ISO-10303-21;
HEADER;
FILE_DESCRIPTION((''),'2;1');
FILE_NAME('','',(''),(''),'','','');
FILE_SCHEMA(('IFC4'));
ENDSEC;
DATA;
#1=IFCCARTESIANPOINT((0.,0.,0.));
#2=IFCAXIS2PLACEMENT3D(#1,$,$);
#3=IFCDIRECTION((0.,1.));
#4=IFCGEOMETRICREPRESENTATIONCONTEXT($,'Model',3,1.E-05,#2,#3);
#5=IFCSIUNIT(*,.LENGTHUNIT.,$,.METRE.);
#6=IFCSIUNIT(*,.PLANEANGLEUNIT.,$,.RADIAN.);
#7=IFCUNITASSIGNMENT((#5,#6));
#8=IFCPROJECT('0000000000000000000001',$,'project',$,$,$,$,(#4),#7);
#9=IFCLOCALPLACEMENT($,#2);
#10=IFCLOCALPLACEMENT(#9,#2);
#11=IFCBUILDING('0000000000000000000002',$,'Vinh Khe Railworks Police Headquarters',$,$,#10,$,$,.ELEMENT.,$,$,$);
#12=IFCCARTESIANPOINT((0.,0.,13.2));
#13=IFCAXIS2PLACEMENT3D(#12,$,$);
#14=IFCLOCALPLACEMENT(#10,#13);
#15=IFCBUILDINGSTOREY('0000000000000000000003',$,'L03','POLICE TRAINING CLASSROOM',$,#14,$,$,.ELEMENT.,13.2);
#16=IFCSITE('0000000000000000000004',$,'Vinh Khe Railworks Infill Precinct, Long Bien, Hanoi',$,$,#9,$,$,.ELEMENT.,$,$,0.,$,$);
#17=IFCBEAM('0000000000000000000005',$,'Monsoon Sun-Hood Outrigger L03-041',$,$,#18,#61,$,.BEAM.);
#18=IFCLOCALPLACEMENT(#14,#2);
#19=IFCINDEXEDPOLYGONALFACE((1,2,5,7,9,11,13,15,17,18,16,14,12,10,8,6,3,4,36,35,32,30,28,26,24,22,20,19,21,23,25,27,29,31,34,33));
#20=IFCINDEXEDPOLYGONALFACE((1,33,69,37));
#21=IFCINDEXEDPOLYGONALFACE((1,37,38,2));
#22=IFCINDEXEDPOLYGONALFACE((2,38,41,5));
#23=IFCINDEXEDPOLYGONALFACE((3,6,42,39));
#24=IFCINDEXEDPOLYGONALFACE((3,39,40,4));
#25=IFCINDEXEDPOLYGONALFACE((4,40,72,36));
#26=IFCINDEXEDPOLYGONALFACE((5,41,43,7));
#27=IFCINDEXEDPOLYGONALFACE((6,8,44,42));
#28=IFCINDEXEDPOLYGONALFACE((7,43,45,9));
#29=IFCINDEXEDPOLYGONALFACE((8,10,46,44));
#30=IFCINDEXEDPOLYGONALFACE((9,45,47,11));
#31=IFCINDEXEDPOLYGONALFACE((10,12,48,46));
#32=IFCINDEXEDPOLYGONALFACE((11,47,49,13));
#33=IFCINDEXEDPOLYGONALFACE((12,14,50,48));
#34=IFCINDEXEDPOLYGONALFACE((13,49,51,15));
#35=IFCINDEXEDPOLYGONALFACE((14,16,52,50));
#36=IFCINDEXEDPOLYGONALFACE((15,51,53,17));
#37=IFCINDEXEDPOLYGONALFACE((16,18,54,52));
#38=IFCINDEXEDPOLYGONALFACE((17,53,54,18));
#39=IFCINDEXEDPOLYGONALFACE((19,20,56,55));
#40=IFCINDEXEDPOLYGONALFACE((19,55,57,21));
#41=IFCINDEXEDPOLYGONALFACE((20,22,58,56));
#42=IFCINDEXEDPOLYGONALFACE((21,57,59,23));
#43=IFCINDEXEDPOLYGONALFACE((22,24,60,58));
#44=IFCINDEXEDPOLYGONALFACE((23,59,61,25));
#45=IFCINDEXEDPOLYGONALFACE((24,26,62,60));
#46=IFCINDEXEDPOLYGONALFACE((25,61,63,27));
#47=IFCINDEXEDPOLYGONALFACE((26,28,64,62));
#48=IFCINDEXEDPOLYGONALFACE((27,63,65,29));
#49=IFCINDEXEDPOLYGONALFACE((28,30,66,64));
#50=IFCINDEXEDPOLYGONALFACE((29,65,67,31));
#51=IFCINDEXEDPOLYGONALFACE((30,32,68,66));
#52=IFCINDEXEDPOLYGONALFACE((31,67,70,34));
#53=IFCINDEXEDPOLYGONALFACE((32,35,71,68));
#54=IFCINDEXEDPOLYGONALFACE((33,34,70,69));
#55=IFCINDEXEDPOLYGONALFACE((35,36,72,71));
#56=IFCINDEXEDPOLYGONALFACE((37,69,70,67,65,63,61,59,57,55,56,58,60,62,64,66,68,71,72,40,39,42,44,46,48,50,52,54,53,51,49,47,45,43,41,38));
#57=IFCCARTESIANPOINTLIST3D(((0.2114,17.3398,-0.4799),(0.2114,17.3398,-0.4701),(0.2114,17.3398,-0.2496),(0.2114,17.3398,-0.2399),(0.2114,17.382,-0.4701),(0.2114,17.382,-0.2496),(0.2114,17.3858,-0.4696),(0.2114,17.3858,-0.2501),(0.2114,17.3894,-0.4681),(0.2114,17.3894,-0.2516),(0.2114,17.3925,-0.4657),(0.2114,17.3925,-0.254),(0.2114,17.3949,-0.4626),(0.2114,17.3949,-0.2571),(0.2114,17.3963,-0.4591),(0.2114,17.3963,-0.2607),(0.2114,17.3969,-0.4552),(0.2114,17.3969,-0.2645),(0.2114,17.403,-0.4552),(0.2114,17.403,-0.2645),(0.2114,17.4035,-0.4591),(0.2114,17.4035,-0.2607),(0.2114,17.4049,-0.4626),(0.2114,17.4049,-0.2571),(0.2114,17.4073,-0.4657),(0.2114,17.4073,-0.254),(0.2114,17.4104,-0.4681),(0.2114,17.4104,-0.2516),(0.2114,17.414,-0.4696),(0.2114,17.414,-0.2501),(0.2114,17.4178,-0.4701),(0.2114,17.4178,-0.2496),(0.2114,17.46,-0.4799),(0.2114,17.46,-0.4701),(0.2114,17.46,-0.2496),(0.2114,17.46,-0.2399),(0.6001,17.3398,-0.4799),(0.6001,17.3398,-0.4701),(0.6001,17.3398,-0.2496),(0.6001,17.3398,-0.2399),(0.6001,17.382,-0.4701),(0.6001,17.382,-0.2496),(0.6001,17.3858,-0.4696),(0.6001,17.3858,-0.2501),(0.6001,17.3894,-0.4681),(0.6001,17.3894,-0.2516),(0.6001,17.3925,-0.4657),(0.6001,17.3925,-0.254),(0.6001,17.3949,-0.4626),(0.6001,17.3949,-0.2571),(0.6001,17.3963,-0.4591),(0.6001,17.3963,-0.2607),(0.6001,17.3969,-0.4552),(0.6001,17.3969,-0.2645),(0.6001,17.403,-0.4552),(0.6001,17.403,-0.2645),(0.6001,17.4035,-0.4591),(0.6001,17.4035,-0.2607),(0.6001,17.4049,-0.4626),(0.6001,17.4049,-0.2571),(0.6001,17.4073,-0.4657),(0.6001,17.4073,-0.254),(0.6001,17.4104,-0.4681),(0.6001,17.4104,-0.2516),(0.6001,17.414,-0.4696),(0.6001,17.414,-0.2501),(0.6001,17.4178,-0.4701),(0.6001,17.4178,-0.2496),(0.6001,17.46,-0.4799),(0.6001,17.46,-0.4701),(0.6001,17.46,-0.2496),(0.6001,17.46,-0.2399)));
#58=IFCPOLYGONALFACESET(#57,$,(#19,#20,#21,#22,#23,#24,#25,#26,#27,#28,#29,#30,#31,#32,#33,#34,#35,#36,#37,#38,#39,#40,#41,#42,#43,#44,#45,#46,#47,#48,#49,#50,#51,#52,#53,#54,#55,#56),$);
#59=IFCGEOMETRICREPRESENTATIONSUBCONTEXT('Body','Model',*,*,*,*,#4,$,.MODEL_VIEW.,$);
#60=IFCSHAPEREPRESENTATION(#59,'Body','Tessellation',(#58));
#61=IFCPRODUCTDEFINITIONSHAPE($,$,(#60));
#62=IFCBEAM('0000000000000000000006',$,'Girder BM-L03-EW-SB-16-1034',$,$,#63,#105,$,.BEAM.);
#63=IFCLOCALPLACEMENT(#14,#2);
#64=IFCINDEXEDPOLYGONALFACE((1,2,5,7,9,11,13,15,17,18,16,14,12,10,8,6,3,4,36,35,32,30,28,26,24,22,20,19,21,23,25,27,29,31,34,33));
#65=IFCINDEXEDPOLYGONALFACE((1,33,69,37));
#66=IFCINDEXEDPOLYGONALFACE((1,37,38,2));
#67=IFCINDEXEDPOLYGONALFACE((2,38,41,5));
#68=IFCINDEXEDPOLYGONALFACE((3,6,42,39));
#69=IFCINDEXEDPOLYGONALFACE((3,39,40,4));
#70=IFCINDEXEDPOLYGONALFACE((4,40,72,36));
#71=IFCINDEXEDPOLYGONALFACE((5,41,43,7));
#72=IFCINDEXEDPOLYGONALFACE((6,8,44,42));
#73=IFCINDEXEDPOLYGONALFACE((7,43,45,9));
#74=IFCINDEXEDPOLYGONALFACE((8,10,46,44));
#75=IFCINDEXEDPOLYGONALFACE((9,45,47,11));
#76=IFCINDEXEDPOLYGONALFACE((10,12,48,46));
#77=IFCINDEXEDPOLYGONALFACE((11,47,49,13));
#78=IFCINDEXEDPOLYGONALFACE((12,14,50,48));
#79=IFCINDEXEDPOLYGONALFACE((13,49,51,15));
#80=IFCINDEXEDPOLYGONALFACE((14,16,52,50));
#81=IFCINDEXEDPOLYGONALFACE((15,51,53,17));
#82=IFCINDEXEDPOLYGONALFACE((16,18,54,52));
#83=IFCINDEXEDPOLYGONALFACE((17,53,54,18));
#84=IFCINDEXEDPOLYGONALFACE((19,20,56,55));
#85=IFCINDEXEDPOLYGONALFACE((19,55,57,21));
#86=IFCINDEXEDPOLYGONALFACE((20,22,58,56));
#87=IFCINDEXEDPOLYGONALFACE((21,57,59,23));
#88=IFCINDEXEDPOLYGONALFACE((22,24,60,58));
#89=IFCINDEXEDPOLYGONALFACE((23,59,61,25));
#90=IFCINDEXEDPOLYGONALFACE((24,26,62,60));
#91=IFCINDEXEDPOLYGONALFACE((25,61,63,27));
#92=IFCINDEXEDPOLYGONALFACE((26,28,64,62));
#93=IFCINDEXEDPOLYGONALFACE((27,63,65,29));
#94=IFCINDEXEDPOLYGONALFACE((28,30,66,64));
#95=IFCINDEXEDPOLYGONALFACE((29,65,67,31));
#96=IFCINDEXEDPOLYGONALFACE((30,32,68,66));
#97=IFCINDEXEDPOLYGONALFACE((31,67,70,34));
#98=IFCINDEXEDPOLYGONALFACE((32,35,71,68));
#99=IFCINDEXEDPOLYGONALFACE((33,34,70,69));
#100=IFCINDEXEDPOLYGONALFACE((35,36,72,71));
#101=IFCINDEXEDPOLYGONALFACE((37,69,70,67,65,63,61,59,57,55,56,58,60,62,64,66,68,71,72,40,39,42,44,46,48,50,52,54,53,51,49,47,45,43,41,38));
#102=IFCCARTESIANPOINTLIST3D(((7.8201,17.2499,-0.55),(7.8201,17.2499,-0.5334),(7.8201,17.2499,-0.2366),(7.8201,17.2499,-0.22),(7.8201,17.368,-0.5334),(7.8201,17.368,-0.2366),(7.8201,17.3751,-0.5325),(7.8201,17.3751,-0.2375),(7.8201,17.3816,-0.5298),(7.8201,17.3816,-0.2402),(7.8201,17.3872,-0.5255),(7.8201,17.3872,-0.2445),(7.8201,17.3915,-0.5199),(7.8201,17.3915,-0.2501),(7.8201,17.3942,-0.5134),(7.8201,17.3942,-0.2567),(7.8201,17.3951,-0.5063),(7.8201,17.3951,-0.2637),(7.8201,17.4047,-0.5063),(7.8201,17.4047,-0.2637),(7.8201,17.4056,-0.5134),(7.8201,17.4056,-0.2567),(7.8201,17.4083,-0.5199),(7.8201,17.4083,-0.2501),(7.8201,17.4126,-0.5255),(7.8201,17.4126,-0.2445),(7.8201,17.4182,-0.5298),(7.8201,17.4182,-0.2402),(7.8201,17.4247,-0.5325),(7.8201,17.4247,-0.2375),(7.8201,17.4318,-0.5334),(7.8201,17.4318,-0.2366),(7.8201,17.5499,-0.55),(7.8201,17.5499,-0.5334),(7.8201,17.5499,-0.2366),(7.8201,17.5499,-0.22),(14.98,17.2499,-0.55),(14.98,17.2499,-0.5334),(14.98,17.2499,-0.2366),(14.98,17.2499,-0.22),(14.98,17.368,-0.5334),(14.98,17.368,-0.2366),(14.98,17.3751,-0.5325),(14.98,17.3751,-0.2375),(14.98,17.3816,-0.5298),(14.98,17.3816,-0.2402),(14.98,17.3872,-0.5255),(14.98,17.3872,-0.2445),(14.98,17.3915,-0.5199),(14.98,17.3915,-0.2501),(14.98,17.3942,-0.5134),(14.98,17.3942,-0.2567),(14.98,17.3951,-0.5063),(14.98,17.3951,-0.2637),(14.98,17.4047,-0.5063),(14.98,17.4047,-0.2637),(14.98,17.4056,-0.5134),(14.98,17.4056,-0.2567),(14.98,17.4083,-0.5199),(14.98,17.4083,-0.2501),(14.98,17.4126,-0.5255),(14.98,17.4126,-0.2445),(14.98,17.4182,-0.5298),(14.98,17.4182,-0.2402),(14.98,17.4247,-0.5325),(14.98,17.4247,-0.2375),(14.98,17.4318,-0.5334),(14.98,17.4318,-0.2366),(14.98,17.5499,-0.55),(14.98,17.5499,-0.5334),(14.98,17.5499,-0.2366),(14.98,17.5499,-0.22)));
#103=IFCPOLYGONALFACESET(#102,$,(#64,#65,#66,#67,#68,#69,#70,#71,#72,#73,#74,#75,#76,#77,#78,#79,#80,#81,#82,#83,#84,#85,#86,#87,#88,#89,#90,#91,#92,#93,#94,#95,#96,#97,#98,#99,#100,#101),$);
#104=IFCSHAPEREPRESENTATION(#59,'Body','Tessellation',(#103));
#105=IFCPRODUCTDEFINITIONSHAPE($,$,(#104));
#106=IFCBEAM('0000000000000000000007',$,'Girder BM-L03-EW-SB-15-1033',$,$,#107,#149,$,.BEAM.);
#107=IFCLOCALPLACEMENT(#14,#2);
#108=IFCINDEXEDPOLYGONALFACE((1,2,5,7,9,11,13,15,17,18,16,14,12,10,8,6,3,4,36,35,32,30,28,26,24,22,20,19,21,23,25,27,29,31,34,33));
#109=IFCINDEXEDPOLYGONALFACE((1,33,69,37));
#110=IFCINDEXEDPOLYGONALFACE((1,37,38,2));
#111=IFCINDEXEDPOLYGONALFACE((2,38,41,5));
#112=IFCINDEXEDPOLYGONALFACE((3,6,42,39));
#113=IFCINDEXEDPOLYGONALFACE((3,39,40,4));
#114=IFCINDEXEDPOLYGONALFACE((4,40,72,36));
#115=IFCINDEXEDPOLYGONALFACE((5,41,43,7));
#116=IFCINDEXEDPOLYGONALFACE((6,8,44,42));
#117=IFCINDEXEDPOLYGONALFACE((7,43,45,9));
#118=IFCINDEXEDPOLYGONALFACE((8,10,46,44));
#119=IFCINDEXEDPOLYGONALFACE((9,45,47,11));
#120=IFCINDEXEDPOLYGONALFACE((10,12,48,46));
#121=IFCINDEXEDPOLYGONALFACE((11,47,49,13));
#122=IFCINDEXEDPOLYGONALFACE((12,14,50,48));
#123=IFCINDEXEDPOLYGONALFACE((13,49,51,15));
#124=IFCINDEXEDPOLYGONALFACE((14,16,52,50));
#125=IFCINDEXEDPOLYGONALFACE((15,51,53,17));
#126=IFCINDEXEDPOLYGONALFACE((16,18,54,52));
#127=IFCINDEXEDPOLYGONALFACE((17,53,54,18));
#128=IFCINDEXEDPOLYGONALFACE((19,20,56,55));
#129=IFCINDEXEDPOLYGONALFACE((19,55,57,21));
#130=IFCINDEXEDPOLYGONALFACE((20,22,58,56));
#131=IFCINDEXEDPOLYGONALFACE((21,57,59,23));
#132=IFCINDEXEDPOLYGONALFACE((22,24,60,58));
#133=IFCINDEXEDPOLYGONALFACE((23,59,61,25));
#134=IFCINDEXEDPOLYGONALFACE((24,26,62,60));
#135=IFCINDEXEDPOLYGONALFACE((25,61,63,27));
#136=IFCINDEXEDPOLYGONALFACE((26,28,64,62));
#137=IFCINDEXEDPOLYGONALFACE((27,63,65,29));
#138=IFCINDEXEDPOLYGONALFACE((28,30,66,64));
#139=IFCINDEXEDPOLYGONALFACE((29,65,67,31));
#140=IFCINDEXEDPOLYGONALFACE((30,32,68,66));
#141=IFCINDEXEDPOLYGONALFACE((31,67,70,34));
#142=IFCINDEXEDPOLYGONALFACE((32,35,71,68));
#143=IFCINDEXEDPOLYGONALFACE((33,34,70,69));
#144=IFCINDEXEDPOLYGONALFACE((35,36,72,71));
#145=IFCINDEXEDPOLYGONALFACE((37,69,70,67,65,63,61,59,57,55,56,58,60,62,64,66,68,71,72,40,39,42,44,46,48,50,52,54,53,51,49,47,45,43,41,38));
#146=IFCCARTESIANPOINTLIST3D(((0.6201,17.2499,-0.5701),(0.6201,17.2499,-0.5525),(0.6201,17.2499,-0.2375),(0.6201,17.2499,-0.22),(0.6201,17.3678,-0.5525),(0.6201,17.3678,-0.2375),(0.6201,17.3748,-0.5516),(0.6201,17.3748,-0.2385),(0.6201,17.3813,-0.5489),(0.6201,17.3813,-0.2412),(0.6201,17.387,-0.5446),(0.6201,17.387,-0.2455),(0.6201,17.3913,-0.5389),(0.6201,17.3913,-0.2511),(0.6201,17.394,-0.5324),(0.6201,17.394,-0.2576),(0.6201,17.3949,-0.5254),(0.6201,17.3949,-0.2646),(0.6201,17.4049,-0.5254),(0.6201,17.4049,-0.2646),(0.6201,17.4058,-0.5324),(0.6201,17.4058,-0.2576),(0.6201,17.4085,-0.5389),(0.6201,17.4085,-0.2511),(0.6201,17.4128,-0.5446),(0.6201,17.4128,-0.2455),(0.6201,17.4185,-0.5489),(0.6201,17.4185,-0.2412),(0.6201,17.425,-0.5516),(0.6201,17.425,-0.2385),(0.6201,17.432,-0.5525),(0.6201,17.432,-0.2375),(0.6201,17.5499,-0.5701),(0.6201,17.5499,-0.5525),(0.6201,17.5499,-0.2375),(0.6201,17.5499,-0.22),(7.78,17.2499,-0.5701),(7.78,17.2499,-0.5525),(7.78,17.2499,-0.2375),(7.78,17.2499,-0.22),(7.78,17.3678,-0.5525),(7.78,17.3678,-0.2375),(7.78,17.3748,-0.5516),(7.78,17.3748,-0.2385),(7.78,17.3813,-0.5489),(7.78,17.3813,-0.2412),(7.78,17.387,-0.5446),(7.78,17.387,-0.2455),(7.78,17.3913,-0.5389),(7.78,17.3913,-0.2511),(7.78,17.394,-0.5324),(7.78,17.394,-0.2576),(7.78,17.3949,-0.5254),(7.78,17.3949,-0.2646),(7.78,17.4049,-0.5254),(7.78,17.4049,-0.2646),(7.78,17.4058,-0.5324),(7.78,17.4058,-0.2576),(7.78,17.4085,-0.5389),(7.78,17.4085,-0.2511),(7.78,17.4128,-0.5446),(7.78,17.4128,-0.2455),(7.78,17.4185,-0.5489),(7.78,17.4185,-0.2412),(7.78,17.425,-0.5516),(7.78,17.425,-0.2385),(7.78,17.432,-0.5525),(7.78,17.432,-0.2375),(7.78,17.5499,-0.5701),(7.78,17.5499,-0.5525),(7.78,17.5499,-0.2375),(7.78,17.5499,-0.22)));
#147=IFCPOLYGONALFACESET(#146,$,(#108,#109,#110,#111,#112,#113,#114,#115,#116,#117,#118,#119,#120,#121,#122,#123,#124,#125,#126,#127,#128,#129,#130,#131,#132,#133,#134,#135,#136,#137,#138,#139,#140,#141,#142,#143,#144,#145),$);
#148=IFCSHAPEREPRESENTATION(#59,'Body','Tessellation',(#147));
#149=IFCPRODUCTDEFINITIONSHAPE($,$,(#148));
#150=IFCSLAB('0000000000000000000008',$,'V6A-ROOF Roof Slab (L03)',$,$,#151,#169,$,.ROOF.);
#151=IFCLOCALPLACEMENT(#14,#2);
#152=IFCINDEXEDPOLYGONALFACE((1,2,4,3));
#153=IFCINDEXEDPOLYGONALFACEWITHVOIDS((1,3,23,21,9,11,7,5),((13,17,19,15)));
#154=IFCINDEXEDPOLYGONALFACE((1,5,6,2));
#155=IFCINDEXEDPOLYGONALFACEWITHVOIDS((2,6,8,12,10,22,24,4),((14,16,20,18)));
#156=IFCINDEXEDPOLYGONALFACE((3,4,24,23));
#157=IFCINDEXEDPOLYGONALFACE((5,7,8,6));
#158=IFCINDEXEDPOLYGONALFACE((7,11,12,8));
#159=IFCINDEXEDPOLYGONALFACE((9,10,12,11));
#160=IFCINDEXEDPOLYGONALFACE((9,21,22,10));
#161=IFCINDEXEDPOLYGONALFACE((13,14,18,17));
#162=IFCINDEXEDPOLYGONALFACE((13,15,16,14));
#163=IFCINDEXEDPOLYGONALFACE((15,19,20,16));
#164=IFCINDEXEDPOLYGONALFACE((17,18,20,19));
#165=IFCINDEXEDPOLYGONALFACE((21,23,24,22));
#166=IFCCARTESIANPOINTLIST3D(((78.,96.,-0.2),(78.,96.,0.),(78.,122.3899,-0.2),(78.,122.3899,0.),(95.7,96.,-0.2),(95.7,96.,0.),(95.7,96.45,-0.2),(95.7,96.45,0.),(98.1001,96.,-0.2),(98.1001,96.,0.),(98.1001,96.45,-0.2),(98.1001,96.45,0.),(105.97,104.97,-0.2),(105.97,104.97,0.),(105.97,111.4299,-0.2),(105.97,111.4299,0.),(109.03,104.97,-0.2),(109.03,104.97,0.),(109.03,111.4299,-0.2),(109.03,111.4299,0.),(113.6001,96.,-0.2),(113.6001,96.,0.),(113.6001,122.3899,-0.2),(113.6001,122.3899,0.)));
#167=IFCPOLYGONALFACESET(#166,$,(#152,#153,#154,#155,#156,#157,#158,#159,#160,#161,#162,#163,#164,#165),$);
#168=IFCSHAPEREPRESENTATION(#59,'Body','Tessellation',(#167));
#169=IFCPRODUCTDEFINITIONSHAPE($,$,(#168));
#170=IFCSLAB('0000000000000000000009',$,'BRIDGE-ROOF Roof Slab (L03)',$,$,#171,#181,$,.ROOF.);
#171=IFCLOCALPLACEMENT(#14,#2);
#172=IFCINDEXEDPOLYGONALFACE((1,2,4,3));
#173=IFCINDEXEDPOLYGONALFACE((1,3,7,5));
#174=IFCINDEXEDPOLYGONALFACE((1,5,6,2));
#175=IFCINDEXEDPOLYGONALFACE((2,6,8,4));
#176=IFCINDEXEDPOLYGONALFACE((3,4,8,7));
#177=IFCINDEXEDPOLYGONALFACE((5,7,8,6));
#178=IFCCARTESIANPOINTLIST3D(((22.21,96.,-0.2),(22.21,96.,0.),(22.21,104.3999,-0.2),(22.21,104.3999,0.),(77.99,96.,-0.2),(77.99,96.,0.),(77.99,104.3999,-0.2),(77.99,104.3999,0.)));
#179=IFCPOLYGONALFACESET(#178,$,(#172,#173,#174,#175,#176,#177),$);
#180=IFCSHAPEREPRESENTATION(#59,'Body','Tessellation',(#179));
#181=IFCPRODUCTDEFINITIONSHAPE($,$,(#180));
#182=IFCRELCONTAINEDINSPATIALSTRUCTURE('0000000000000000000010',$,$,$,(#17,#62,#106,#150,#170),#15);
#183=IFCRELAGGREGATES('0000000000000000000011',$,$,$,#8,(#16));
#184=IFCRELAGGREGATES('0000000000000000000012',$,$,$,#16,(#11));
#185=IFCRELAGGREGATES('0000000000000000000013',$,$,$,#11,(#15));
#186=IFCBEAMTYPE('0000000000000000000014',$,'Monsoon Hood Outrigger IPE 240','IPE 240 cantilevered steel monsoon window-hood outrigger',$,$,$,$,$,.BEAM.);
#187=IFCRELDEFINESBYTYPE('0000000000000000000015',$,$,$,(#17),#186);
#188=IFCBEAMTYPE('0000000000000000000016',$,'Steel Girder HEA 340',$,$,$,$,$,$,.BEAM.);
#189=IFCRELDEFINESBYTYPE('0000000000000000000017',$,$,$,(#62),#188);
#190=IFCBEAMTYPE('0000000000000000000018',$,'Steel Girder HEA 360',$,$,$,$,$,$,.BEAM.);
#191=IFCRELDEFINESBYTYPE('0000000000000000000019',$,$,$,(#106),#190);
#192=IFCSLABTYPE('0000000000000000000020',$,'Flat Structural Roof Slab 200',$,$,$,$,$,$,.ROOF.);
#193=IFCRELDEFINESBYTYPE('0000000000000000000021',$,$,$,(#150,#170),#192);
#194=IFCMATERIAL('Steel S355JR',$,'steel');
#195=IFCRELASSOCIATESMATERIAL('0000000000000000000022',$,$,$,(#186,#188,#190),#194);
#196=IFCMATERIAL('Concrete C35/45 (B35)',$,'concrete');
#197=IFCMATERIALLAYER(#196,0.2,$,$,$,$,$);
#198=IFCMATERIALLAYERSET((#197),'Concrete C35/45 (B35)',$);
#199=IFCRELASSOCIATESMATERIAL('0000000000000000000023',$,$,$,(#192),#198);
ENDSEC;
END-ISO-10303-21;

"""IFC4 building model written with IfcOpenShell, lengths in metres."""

from ifc_helpers import new_model, si_unit, direction, frame, origin, origin_2d, place, context, subcontext, project, spatial, polyline, i_section, outline, extrude, material, layer, layer_set, material_profile, profile_set, type_object, element, save


model = new_model("IFC4")

# Units and contexts
model_context = context("Model", 3, precision=1e-05, world=origin(), true_north=direction((0.0, 1.0)))
body_context = subcontext(model_context, "Body", "Model", "MODEL_VIEW")
ifc_project = project(units=[si_unit("LENGTHUNIT", "METRE"), si_unit("PLANEANGLEUNIT", "RADIAN")], contexts=[model_context])

# Site, building, storey
site_placement = place(None, origin())
site = spatial("IfcSite", under=ifc_project, at=site_placement, Name="Vinh Khe Railworks Infill Precinct, Long Bien, Hanoi", CompositionType="ELEMENT", RefElevation=0.0)
building_placement = place(site_placement, origin())
building = spatial("IfcBuilding", under=site, at=building_placement, Name="Vinh Khe Railworks Police Headquarters", CompositionType="ELEMENT")
storey_placement = place(building_placement, frame((0.0, 0.0, 13.2)))
storey = spatial("IfcBuildingStorey", under=building, at=storey_placement, Name="L03", Description="POLICE TRAINING CLASSROOM", CompositionType="ELEMENT", Elevation=13.2)

# Shared definitions
ifc_material_1 = material(Name="Steel S355JR", Category="steel")

# Beams
ifc_material_profile_1 = material_profile(ifc_material_1, i_section(OverallWidth=0.1201, OverallDepth=0.24, WebThickness=0.0061, FlangeThickness=0.0098, FilletRadius=0.0149, at=origin_2d()), Name="IPE 240")
ifc_profile_set_1 = profile_set([ifc_material_profile_1], Name="Steel S355JR")
beam_type_1 = type_object("IfcBeamType", Name="Monsoon Hood Outrigger IPE 240", Description="IPE 240 cantilevered steel monsoon window-hood outrigger", PredefinedType="BEAM", material=ifc_profile_set_1)
beam_1_placement = place(storey_placement, frame((0.2114, 17.3999, -0.3599), z_axis=(1.0, 0.0, 0.0), x_axis=(0.0, 1.0, 0.0)))
element("IfcBeam", 1, at=beam_1_placement, inside=storey, type_object=beam_type_1, Name="Monsoon Sun-Hood Outrigger L03-041", PredefinedType="BEAM", context=body_context, shape_type="SweptSolid", body=[
    extrude(i_section(OverallWidth=0.1201, OverallDepth=0.24, WebThickness=0.0061, FlangeThickness=0.0098, FilletRadius=0.0149, at=origin_2d()), origin(), (0.0, 0.0, 1.0), 0.3887),
])
ifc_material_profile_2 = material_profile(ifc_material_1, i_section(OverallWidth=0.3, OverallDepth=0.3301, WebThickness=0.0095, FlangeThickness=0.0166, FilletRadius=0.0271, at=origin_2d()), Name="HEA 340")
ifc_profile_set_2 = profile_set([ifc_material_profile_2], Name="Steel S355JR")
beam_type_2 = type_object("IfcBeamType", Name="Steel Girder HEA 340", PredefinedType="BEAM", material=ifc_profile_set_2)
beam_2_placement = place(storey_placement, frame((7.8201, 17.3999, -0.385), z_axis=(1.0, 0.0, 0.0), x_axis=(0.0, 1.0, 0.0)))
element("IfcBeam", 2, at=beam_2_placement, inside=storey, type_object=beam_type_2, Name="Girder BM-L03-EW-SB-16-1034", PredefinedType="BEAM", context=body_context, shape_type="SweptSolid", body=[
    extrude(i_section(OverallWidth=0.3, OverallDepth=0.3301, WebThickness=0.0095, FlangeThickness=0.0166, FilletRadius=0.0271, at=origin_2d()), origin(), (0.0, 0.0, 1.0), 7.1599),
])
ifc_material_profile_3 = material_profile(ifc_material_1, i_section(OverallWidth=0.3, OverallDepth=0.3501, WebThickness=0.01, FlangeThickness=0.0176, FilletRadius=0.0271, at=origin_2d()), Name="HEA 360")
ifc_profile_set_3 = profile_set([ifc_material_profile_3], Name="Steel S355JR")
beam_type_3 = type_object("IfcBeamType", Name="Steel Girder HEA 360", PredefinedType="BEAM", material=ifc_profile_set_3)
beam_3_placement = place(storey_placement, frame((0.6201, 17.3999, -0.395), z_axis=(1.0, 0.0, 0.0), x_axis=(0.0, 1.0, 0.0)))
element("IfcBeam", 3, at=beam_3_placement, inside=storey, type_object=beam_type_3, Name="Girder BM-L03-EW-SB-15-1033", PredefinedType="BEAM", context=body_context, shape_type="SweptSolid", body=[
    extrude(i_section(OverallWidth=0.3, OverallDepth=0.3501, WebThickness=0.01, FlangeThickness=0.0176, FilletRadius=0.0271, at=origin_2d()), origin(), (0.0, 0.0, 1.0), 7.1599),
])

# Slabs
ifc_material_2 = material(Name="Concrete C35/45 (B35)", Category="concrete")
ifc_layer_1 = layer(ifc_material_2, 0.2)
ifc_layer_set_1 = layer_set([ifc_layer_1], Name="Concrete C35/45 (B35)")
slab_type_1 = type_object("IfcSlabType", Name="Flat Structural Roof Slab 200", PredefinedType="ROOF", material=ifc_layer_set_1)
slab_1_placement = place(storey_placement, frame((0.0, 0.0, -0.2)))
element("IfcSlab", 4, at=slab_1_placement, inside=storey, type_object=slab_type_1, Name="V6A-ROOF Roof Slab (L03)", PredefinedType="ROOF", context=body_context, shape_type="SweptSolid", body=[
    extrude(outline(polyline([(78.0, 96.0), (95.7, 96.0), (95.7, 96.45), (98.1001, 96.45), (98.1001, 96.0), (113.6001, 96.0), (113.6001, 122.3899), (78.0, 122.3899), (78.0, 96.0)]), holes=[polyline([(105.97, 104.97), (109.03, 104.97), (109.03, 111.4299), (105.97, 111.4299), (105.97, 104.97)])]), origin(), (0.0, 0.0, 1.0), 0.2),
])
slab_2_placement = place(storey_placement, frame((0.0, 0.0, -0.2)))
element("IfcSlab", 5, at=slab_2_placement, inside=storey, type_object=slab_type_1, Name="BRIDGE-ROOF Roof Slab (L03)", PredefinedType="ROOF", context=body_context, shape_type="SweptSolid", body=[
    extrude(outline(polyline([(22.21, 96.0), (77.99, 96.0), (77.99, 104.3999), (22.21, 104.3999), (22.21, 96.0)])), origin(), (0.0, 0.0, 1.0), 0.2),
])

save(model, "model.ifc")
